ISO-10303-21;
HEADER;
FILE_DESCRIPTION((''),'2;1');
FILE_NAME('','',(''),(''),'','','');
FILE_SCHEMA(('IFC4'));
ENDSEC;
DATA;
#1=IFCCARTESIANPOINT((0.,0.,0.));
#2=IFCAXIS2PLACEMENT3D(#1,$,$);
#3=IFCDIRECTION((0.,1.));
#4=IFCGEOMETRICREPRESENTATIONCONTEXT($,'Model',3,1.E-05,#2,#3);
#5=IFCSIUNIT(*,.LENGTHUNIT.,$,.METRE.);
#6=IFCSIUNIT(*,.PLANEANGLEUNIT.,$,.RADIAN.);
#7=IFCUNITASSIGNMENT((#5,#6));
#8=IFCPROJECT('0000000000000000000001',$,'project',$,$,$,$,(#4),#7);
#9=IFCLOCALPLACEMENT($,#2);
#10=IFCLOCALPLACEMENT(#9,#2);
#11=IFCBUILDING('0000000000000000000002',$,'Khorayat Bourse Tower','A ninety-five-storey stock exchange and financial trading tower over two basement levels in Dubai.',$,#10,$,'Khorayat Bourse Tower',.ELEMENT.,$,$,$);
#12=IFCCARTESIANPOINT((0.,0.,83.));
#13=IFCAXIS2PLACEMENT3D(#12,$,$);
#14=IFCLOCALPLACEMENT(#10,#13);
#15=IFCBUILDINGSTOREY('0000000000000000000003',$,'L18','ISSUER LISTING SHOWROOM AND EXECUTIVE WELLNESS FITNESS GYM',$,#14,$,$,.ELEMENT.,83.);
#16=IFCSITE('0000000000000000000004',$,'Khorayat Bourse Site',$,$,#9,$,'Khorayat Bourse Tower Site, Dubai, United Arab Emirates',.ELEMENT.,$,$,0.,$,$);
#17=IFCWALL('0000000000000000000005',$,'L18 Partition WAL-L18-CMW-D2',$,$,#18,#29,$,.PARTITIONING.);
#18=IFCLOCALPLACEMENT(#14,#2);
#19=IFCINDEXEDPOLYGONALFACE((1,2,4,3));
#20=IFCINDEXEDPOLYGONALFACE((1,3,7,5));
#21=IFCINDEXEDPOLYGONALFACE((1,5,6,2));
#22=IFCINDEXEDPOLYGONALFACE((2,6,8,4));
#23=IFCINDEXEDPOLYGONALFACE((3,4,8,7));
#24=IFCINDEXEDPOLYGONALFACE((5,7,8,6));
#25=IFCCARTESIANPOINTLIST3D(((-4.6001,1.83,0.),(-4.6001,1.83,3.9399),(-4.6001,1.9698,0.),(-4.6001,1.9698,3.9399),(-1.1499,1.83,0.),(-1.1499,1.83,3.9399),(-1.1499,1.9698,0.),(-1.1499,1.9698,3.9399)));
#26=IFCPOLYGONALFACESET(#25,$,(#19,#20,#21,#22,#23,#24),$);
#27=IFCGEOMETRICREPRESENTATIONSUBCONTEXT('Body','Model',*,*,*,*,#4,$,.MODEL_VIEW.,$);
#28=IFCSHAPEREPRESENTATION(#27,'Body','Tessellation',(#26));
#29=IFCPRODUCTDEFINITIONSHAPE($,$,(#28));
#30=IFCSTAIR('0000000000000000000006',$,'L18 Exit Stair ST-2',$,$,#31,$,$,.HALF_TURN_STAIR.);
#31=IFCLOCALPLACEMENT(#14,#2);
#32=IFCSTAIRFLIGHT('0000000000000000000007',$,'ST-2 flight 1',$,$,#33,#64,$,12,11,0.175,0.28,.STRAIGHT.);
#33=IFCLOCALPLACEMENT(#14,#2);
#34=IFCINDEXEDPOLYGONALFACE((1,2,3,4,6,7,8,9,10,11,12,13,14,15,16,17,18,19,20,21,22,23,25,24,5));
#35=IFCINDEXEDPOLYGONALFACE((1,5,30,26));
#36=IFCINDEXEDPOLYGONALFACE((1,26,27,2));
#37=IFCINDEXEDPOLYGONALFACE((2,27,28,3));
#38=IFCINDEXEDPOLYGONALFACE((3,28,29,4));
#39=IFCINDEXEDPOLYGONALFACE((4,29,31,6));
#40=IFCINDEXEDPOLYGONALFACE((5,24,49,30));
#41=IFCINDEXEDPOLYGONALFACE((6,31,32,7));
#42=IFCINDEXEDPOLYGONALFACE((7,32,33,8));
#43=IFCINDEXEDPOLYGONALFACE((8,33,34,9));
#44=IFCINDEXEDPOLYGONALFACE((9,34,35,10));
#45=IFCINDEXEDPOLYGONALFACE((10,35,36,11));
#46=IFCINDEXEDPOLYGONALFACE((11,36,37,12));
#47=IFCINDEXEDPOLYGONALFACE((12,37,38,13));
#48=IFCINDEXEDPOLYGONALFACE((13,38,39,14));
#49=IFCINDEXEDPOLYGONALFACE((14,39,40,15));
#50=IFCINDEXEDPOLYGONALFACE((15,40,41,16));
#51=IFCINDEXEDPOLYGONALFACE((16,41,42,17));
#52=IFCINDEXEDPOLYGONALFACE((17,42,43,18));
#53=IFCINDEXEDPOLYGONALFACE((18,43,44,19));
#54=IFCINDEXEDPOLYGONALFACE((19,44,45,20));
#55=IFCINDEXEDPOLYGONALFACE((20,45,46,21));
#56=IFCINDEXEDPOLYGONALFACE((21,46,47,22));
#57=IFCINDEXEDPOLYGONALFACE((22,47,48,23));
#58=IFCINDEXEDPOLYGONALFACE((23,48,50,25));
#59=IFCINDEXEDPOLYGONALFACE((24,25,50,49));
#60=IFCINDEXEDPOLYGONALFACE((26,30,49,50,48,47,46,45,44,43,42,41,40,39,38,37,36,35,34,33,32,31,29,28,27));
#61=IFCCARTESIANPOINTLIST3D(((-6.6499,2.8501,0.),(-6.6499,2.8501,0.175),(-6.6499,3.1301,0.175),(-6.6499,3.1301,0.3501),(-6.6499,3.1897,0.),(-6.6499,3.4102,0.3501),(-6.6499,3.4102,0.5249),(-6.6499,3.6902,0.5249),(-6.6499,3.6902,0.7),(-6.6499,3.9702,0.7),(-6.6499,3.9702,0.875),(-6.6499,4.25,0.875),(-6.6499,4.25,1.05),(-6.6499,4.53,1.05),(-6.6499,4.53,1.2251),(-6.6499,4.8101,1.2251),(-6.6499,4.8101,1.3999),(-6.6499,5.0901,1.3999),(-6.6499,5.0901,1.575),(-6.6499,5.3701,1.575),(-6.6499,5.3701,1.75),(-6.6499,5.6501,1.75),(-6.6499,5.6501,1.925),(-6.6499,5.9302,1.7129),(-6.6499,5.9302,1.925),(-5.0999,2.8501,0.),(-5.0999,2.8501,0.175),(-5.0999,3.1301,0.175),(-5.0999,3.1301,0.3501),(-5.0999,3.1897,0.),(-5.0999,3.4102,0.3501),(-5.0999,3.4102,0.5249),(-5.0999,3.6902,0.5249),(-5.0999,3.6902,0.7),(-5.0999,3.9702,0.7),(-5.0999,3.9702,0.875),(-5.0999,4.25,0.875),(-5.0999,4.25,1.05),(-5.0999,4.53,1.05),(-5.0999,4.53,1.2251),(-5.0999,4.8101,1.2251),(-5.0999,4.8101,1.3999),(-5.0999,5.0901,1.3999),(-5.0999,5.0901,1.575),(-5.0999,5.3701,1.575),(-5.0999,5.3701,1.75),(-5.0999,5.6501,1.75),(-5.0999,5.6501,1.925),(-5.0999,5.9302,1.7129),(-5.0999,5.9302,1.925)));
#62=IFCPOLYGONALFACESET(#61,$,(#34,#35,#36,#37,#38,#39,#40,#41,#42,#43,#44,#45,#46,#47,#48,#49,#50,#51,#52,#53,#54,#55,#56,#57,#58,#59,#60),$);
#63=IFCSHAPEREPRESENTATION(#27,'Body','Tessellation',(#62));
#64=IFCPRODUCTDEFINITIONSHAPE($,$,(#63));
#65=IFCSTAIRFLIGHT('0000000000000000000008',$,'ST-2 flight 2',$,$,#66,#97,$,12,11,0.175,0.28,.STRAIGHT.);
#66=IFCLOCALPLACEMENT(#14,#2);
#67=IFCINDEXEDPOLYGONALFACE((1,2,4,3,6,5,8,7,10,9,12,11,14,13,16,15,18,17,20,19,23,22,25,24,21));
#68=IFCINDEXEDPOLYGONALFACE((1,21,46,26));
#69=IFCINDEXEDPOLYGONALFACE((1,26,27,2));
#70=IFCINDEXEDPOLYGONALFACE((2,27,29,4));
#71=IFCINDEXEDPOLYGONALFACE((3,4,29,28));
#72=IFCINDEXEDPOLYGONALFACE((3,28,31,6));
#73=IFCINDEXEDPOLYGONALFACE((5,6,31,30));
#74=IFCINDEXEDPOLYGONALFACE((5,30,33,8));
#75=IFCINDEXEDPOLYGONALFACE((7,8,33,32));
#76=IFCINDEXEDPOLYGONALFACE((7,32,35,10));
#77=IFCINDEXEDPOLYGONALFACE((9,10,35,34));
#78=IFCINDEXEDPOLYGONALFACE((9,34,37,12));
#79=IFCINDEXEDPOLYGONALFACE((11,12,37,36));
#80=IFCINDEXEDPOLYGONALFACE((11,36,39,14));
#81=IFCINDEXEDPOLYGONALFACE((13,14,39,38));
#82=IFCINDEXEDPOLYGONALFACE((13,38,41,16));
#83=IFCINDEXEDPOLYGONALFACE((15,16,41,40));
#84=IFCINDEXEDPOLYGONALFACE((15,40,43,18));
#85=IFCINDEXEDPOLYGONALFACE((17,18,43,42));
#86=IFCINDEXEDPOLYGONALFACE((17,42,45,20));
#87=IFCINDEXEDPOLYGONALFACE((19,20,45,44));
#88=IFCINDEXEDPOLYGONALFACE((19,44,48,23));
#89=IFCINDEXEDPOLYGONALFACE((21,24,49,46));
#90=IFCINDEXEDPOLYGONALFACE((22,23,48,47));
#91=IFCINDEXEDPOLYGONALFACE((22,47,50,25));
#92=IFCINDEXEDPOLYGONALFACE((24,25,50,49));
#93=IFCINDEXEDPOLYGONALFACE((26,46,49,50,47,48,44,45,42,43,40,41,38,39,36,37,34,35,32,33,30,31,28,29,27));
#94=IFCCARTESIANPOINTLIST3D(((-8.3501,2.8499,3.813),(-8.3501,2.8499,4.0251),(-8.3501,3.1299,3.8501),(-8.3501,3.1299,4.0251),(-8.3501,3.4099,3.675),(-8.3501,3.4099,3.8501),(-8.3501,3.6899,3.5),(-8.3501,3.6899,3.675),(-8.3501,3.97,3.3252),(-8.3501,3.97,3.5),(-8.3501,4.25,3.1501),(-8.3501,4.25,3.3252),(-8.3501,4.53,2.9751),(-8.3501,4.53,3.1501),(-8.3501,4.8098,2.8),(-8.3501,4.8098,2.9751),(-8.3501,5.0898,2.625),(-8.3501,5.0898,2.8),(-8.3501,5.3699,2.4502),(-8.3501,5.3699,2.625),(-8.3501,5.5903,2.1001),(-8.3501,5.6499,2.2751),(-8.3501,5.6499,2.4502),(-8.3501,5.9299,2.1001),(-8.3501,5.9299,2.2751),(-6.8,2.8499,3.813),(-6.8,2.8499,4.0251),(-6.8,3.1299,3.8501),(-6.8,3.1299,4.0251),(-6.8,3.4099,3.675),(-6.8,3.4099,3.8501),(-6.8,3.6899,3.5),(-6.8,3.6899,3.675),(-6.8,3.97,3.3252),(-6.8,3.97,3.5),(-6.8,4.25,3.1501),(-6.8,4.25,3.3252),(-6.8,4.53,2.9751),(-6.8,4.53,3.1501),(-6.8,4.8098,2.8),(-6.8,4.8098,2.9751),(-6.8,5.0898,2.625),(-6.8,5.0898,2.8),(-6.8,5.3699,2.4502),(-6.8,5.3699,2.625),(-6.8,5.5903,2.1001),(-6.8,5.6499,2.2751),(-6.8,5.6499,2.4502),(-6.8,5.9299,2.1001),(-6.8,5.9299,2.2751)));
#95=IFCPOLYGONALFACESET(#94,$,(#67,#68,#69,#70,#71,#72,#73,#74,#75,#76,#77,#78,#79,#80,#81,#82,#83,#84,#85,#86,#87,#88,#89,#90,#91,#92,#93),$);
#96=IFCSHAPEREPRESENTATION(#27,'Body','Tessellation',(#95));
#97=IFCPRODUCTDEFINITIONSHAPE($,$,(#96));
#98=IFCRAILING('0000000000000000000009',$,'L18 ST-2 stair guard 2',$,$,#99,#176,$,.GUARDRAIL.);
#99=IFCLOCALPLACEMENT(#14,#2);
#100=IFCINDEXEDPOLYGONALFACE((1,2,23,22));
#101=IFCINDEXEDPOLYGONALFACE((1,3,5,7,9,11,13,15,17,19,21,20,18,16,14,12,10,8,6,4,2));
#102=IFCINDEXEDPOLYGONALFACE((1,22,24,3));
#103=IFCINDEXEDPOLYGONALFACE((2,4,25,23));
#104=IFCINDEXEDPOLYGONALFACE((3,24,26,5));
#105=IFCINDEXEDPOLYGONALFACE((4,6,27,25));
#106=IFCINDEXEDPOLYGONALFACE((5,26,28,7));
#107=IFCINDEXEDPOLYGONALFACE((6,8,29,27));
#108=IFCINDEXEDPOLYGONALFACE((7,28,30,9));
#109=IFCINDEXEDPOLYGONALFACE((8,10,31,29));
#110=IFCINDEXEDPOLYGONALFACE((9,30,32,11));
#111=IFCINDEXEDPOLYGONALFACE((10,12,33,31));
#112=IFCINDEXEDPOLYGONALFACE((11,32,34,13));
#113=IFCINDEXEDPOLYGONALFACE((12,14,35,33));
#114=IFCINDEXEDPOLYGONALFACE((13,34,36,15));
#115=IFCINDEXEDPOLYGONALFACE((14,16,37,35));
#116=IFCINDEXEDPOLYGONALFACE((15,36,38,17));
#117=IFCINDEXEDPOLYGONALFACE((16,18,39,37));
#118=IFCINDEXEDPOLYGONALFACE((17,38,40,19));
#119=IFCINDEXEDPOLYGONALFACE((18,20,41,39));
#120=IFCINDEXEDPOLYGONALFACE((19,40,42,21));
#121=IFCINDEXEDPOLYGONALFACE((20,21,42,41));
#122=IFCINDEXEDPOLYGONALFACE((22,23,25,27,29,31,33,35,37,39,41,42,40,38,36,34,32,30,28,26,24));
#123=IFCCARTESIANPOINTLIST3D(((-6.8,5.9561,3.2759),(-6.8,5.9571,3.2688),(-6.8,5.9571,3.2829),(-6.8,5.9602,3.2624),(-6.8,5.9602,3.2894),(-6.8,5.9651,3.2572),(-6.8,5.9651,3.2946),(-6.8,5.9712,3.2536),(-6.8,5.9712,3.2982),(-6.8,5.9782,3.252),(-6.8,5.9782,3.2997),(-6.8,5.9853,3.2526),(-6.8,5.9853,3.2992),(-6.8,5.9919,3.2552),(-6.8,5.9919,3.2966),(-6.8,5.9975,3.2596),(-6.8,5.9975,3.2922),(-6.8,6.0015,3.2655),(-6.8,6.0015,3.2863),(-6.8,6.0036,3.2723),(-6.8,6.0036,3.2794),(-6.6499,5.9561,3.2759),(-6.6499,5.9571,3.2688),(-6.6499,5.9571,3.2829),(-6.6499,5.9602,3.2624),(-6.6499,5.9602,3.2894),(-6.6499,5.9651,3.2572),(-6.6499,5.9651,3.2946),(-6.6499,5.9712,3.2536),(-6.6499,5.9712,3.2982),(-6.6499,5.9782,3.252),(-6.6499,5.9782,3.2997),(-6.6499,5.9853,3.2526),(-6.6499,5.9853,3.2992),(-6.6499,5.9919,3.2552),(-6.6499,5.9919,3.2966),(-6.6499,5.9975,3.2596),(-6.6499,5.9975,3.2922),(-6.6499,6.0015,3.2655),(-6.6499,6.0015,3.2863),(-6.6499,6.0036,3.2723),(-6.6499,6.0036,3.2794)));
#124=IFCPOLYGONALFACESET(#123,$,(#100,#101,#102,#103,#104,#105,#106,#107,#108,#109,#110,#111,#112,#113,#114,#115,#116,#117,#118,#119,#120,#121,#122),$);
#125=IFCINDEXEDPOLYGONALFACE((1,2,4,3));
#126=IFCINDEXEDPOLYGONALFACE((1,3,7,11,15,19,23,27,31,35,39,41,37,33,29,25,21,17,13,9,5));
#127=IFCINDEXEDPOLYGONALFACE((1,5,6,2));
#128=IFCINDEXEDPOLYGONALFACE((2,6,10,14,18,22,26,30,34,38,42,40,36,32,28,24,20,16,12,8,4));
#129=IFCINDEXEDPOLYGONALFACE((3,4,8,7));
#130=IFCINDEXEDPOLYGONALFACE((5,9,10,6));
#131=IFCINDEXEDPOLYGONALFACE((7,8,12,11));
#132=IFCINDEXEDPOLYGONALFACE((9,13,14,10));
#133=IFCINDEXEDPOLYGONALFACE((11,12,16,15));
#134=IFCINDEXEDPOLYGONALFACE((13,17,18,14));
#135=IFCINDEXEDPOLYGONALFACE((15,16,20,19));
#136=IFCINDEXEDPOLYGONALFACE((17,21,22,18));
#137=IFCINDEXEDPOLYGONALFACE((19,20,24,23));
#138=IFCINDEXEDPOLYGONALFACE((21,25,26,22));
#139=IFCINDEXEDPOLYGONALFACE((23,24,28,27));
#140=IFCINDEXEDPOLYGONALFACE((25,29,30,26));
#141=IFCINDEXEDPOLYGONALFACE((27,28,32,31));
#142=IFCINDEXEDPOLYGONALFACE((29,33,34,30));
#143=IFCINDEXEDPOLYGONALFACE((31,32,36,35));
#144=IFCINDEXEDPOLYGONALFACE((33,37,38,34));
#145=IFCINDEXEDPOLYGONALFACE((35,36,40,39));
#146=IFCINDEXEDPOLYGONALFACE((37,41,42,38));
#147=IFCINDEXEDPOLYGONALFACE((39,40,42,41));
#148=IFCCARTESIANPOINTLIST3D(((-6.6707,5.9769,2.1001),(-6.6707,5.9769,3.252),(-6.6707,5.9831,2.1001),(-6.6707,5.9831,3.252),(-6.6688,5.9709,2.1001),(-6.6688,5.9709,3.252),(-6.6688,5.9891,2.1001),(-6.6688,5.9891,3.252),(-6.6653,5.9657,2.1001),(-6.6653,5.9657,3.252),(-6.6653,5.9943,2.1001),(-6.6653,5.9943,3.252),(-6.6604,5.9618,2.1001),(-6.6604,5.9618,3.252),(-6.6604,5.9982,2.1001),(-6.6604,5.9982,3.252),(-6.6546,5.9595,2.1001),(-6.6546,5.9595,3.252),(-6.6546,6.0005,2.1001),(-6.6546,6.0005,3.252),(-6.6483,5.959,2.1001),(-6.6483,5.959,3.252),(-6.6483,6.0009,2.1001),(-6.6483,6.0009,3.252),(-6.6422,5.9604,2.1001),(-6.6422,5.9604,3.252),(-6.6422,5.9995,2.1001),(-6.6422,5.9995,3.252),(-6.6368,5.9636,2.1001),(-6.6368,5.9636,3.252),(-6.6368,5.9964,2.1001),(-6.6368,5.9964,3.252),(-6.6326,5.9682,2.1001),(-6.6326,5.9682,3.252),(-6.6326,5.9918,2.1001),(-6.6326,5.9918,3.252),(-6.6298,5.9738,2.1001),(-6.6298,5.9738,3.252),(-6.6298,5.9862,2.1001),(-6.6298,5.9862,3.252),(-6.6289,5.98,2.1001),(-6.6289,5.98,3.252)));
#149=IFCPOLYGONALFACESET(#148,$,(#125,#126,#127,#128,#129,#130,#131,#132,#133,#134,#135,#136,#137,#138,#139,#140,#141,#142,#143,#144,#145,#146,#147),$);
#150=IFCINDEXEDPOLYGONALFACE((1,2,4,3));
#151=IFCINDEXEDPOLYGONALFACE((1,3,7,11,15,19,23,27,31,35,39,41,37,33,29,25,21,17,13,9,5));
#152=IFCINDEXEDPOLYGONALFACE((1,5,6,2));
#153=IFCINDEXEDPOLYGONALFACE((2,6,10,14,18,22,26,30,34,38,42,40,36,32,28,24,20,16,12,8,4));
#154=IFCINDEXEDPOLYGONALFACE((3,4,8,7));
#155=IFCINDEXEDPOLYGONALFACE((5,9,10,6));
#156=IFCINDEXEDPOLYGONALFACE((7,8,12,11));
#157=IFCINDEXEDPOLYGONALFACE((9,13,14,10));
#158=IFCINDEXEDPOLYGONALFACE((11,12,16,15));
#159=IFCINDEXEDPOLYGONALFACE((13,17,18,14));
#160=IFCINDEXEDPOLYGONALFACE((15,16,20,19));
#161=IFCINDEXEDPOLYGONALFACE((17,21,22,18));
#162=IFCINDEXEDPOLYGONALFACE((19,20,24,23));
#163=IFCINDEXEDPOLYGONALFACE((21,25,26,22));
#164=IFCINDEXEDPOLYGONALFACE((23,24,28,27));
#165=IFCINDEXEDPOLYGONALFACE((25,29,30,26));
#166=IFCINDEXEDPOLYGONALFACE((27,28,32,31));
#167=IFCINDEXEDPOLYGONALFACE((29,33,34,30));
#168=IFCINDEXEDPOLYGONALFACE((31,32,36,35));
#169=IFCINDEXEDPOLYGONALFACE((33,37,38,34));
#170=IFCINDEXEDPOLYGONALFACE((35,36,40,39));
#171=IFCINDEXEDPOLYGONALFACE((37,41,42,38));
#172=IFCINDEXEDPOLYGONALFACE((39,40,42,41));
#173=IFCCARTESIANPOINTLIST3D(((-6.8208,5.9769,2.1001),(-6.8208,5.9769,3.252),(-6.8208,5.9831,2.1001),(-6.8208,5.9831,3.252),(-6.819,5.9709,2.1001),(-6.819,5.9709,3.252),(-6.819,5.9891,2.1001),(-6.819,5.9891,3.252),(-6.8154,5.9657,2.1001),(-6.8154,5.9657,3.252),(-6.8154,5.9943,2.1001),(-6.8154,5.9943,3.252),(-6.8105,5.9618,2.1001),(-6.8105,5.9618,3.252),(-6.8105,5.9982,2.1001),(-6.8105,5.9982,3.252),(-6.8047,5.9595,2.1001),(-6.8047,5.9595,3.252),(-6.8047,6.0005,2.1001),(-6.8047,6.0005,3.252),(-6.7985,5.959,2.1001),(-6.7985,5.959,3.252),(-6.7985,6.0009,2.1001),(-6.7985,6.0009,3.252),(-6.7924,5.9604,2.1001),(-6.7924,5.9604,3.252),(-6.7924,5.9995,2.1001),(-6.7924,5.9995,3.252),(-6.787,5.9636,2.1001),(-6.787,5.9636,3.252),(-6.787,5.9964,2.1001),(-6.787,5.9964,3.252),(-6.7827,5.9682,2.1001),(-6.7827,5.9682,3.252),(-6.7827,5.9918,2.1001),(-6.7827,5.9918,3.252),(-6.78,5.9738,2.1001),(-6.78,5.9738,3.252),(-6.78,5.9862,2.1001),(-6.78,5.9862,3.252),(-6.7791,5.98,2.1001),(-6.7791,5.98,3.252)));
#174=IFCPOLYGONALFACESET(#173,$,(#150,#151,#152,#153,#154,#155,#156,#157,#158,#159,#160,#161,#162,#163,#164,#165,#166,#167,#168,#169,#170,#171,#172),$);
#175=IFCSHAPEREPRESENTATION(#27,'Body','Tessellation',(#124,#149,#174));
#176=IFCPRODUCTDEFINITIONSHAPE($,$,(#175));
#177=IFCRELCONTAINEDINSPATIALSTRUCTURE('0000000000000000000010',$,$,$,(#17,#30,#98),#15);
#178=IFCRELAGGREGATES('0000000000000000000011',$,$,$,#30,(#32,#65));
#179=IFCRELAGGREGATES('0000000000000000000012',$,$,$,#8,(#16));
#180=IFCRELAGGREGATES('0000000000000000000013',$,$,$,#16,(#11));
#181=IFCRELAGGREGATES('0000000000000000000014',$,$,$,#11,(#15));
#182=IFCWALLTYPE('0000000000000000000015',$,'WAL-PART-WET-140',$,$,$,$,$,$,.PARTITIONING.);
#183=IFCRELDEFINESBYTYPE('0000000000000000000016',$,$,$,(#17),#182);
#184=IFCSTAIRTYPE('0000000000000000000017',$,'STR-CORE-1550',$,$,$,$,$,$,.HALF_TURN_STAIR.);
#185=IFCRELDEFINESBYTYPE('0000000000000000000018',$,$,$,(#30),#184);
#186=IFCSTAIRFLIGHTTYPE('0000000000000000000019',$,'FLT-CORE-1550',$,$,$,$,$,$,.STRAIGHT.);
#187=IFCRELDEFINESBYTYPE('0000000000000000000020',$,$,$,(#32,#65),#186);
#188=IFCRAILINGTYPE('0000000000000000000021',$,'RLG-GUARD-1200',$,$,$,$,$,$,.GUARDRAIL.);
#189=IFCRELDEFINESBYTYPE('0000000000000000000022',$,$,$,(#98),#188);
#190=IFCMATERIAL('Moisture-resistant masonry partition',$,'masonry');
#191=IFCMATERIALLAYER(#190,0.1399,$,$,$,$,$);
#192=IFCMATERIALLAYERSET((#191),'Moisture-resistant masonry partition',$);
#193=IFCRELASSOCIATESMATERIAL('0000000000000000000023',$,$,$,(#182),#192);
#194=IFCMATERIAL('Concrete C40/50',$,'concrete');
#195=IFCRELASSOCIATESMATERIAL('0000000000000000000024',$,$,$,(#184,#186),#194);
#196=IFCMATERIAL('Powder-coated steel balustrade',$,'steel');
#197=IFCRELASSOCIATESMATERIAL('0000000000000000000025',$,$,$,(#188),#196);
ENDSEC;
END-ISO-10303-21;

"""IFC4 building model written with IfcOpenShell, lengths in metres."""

from ifc_helpers import new_model, si_unit, direction, frame, frame_2d, origin, origin_2d, place, context, subcontext, project, spatial, polyline, rectangle, circle, outline, extrude, source, transform, mapped, material, layer, layer_set, type_object, element, aggregate, save


model = new_model("IFC4")

# Units and contexts
model_context = context("Model", 3, precision=1e-05, world=origin(), true_north=direction((0.0, 1.0)))
body_context = subcontext(model_context, "Body", "Model", "MODEL_VIEW")
ifc_project = project(units=[si_unit("LENGTHUNIT", "METRE"), si_unit("PLANEANGLEUNIT", "RADIAN")], contexts=[model_context])

# Site, building, storey
site_placement = place(None, origin())
site = spatial("IfcSite", under=ifc_project, at=site_placement, Name="Khorayat Bourse Site", LongName="Khorayat Bourse Tower Site, Dubai, United Arab Emirates", CompositionType="ELEMENT", RefElevation=0.0)
building_placement = place(site_placement, origin())
building = spatial("IfcBuilding", under=site, at=building_placement, Name="Khorayat Bourse Tower", Description="A ninety-five-storey stock exchange and financial trading tower over two basement levels in Dubai.", LongName="Khorayat Bourse Tower", CompositionType="ELEMENT")
storey_placement = place(building_placement, frame((0.0, 0.0, 83.0)))
storey = spatial("IfcBuildingStorey", under=building, at=storey_placement, Name="L18", Description="ISSUER LISTING SHOWROOM AND EXECUTIVE WELLNESS FITNESS GYM", CompositionType="ELEMENT", Elevation=83.0)

# Wall
ifc_material_1 = material(Name="Moisture-resistant masonry partition", Category="masonry")
ifc_layer_1 = layer(ifc_material_1, 0.1399)
ifc_layer_set_1 = layer_set([ifc_layer_1], Name="Moisture-resistant masonry partition")
wall_type_1 = type_object("IfcWallType", Name="WAL-PART-WET-140", PredefinedType="PARTITIONING", material=ifc_layer_set_1)
shared_shape_1 = source(origin(), body_context, "Body", "SweptSolid", [
    extrude(rectangle(XDim=3.4502, YDim=0.1399, at=frame_2d((1.7251, 0.0))), origin(), (0.0, 0.0, 1.0), 3.9399),
])
wall_1_placement = place(storey_placement, frame((-4.6001, 1.8999, 0.0), z_axis=(0.0, 0.0, 1.0), x_axis=(1.0, 0.0, 0.0)))
element("IfcWall", 1, at=wall_1_placement, inside=storey, type_object=wall_type_1, Name="L18 Partition WAL-L18-CMW-D2", PredefinedType="PARTITIONING", context=body_context, shape_type="MappedRepresentation", body=[
    mapped(shared_shape_1, transform((0.0, 0.0, 0.0), scale=1.0)),
])

# Stair, stair flights
ifc_material_2 = material(Name="Concrete C40/50", Category="concrete")
stair_type = type_object("IfcStairType", Name="STR-CORE-1550", PredefinedType="HALF_TURN_STAIR", material=ifc_material_2)
stair_placement = place(storey_placement, origin())
stair = element("IfcStair", 2, at=stair_placement, inside=storey, type_object=stair_type, Name="L18 Exit Stair ST-2", PredefinedType="HALF_TURN_STAIR")
stair_flight_type = type_object("IfcStairFlightType", Name="FLT-CORE-1550", PredefinedType="STRAIGHT", material=ifc_material_2)
shared_shape_2 = source(origin(), body_context, "Body", "SweptSolid", [
    extrude(outline(polyline([(0.0, 0.0), (0.0, 0.175), (0.28, 0.175), (0.28, 0.3501), (0.5601, 0.3501), (0.5601, 0.5249), (0.8401, 0.5249), (0.8401, 0.7), (1.1201, 0.7), (1.1201, 0.875), (1.3999, 0.875), (1.3999, 1.05), (1.6799, 1.05), (1.6799, 1.2251), (1.96, 1.2251), (1.96, 1.3999), (2.24, 1.3999), (2.24, 1.575), (2.52, 1.575), (2.52, 1.75), (2.8, 1.75), (2.8, 1.925), (3.0801, 1.925), (3.0801, 2.1001), (3.0801, 1.7129), (0.3396, 0.0), (0.0, 0.0)])), frame((0.0, 0.7749, 0.0), z_axis=(0.0, -1.0, 0.0), x_axis=(1.0, 0.0, 0.0)), (0.0, 0.0, 1.0), 1.55),
])
stair_flight_1_placement = place(storey_placement, frame((-5.875, 2.8501, 0.0), z_axis=(0.0, 0.0, 1.0), x_axis=(0.0, 1.0, 0.0)))
stair_flight_1 = element("IfcStairFlight", 3, at=stair_flight_1_placement, type_object=stair_flight_type, Name="ST-2 flight 1", NumberOfRisers=12, NumberOfTreads=11, PredefinedType="STRAIGHT", RiserHeight=0.175, TreadLength=0.28, context=body_context, shape_type="MappedRepresentation", body=[
    mapped(shared_shape_2, transform((0.0, 0.0, 0.0), scale=1.0)),
])
stair_flight_2_placement = place(storey_placement, frame((-7.575, 5.9299, 2.1001), z_axis=(0.0, 0.0, 1.0), x_axis=(0.0, -1.0, 0.0)))
stair_flight_2 = element("IfcStairFlight", 4, at=stair_flight_2_placement, type_object=stair_flight_type, Name="ST-2 flight 2", NumberOfRisers=12, NumberOfTreads=11, PredefinedType="STRAIGHT", RiserHeight=0.175, TreadLength=0.28, context=body_context, shape_type="MappedRepresentation", body=[
    mapped(shared_shape_2, transform((0.0, 0.0, 0.0), scale=1.0)),
])
aggregate(stair, [stair_flight_1, stair_flight_2])

# Railing
ifc_material_3 = material(Name="Powder-coated steel balustrade", Category="steel")
railing_type_1 = type_object("IfcRailingType", Name="RLG-GUARD-1200", PredefinedType="GUARDRAIL", material=ifc_material_3)
shared_shape_3 = source(origin(), body_context, "Body", "SweptSolid", [
    extrude(circle(Radius=0.0239, at=origin_2d()), frame((0.0, 0.0, 1.1758), z_axis=(-1.0, 0.0, 0.0), x_axis=(0.0, -1.0, 0.0)), (0.0, 0.0, 1.0), 0.1501),
    extrude(circle(Radius=0.021, at=origin_2d()), origin(), (0.0, 0.0, 1.0), 1.1519),
    extrude(circle(Radius=0.021, at=origin_2d()), frame((-0.1501, 0.0, 0.0)), (0.0, 0.0, 1.0), 1.1519),
])
for number, where, name in (
    (5, (-6.6499, 5.98, 2.1001), "L18 ST-2 stair guard 2"),
):
    element("IfcRailing", number, at=place(storey_placement, frame(where)), inside=storey, type_object=railing_type_1, Name=name, PredefinedType="GUARDRAIL", context=body_context, shape_type="MappedRepresentation", body=[
        mapped(shared_shape_3, transform((0.0, 0.0, 0.0), scale=1.0)),
    ])

save(model, "model.ifc")
